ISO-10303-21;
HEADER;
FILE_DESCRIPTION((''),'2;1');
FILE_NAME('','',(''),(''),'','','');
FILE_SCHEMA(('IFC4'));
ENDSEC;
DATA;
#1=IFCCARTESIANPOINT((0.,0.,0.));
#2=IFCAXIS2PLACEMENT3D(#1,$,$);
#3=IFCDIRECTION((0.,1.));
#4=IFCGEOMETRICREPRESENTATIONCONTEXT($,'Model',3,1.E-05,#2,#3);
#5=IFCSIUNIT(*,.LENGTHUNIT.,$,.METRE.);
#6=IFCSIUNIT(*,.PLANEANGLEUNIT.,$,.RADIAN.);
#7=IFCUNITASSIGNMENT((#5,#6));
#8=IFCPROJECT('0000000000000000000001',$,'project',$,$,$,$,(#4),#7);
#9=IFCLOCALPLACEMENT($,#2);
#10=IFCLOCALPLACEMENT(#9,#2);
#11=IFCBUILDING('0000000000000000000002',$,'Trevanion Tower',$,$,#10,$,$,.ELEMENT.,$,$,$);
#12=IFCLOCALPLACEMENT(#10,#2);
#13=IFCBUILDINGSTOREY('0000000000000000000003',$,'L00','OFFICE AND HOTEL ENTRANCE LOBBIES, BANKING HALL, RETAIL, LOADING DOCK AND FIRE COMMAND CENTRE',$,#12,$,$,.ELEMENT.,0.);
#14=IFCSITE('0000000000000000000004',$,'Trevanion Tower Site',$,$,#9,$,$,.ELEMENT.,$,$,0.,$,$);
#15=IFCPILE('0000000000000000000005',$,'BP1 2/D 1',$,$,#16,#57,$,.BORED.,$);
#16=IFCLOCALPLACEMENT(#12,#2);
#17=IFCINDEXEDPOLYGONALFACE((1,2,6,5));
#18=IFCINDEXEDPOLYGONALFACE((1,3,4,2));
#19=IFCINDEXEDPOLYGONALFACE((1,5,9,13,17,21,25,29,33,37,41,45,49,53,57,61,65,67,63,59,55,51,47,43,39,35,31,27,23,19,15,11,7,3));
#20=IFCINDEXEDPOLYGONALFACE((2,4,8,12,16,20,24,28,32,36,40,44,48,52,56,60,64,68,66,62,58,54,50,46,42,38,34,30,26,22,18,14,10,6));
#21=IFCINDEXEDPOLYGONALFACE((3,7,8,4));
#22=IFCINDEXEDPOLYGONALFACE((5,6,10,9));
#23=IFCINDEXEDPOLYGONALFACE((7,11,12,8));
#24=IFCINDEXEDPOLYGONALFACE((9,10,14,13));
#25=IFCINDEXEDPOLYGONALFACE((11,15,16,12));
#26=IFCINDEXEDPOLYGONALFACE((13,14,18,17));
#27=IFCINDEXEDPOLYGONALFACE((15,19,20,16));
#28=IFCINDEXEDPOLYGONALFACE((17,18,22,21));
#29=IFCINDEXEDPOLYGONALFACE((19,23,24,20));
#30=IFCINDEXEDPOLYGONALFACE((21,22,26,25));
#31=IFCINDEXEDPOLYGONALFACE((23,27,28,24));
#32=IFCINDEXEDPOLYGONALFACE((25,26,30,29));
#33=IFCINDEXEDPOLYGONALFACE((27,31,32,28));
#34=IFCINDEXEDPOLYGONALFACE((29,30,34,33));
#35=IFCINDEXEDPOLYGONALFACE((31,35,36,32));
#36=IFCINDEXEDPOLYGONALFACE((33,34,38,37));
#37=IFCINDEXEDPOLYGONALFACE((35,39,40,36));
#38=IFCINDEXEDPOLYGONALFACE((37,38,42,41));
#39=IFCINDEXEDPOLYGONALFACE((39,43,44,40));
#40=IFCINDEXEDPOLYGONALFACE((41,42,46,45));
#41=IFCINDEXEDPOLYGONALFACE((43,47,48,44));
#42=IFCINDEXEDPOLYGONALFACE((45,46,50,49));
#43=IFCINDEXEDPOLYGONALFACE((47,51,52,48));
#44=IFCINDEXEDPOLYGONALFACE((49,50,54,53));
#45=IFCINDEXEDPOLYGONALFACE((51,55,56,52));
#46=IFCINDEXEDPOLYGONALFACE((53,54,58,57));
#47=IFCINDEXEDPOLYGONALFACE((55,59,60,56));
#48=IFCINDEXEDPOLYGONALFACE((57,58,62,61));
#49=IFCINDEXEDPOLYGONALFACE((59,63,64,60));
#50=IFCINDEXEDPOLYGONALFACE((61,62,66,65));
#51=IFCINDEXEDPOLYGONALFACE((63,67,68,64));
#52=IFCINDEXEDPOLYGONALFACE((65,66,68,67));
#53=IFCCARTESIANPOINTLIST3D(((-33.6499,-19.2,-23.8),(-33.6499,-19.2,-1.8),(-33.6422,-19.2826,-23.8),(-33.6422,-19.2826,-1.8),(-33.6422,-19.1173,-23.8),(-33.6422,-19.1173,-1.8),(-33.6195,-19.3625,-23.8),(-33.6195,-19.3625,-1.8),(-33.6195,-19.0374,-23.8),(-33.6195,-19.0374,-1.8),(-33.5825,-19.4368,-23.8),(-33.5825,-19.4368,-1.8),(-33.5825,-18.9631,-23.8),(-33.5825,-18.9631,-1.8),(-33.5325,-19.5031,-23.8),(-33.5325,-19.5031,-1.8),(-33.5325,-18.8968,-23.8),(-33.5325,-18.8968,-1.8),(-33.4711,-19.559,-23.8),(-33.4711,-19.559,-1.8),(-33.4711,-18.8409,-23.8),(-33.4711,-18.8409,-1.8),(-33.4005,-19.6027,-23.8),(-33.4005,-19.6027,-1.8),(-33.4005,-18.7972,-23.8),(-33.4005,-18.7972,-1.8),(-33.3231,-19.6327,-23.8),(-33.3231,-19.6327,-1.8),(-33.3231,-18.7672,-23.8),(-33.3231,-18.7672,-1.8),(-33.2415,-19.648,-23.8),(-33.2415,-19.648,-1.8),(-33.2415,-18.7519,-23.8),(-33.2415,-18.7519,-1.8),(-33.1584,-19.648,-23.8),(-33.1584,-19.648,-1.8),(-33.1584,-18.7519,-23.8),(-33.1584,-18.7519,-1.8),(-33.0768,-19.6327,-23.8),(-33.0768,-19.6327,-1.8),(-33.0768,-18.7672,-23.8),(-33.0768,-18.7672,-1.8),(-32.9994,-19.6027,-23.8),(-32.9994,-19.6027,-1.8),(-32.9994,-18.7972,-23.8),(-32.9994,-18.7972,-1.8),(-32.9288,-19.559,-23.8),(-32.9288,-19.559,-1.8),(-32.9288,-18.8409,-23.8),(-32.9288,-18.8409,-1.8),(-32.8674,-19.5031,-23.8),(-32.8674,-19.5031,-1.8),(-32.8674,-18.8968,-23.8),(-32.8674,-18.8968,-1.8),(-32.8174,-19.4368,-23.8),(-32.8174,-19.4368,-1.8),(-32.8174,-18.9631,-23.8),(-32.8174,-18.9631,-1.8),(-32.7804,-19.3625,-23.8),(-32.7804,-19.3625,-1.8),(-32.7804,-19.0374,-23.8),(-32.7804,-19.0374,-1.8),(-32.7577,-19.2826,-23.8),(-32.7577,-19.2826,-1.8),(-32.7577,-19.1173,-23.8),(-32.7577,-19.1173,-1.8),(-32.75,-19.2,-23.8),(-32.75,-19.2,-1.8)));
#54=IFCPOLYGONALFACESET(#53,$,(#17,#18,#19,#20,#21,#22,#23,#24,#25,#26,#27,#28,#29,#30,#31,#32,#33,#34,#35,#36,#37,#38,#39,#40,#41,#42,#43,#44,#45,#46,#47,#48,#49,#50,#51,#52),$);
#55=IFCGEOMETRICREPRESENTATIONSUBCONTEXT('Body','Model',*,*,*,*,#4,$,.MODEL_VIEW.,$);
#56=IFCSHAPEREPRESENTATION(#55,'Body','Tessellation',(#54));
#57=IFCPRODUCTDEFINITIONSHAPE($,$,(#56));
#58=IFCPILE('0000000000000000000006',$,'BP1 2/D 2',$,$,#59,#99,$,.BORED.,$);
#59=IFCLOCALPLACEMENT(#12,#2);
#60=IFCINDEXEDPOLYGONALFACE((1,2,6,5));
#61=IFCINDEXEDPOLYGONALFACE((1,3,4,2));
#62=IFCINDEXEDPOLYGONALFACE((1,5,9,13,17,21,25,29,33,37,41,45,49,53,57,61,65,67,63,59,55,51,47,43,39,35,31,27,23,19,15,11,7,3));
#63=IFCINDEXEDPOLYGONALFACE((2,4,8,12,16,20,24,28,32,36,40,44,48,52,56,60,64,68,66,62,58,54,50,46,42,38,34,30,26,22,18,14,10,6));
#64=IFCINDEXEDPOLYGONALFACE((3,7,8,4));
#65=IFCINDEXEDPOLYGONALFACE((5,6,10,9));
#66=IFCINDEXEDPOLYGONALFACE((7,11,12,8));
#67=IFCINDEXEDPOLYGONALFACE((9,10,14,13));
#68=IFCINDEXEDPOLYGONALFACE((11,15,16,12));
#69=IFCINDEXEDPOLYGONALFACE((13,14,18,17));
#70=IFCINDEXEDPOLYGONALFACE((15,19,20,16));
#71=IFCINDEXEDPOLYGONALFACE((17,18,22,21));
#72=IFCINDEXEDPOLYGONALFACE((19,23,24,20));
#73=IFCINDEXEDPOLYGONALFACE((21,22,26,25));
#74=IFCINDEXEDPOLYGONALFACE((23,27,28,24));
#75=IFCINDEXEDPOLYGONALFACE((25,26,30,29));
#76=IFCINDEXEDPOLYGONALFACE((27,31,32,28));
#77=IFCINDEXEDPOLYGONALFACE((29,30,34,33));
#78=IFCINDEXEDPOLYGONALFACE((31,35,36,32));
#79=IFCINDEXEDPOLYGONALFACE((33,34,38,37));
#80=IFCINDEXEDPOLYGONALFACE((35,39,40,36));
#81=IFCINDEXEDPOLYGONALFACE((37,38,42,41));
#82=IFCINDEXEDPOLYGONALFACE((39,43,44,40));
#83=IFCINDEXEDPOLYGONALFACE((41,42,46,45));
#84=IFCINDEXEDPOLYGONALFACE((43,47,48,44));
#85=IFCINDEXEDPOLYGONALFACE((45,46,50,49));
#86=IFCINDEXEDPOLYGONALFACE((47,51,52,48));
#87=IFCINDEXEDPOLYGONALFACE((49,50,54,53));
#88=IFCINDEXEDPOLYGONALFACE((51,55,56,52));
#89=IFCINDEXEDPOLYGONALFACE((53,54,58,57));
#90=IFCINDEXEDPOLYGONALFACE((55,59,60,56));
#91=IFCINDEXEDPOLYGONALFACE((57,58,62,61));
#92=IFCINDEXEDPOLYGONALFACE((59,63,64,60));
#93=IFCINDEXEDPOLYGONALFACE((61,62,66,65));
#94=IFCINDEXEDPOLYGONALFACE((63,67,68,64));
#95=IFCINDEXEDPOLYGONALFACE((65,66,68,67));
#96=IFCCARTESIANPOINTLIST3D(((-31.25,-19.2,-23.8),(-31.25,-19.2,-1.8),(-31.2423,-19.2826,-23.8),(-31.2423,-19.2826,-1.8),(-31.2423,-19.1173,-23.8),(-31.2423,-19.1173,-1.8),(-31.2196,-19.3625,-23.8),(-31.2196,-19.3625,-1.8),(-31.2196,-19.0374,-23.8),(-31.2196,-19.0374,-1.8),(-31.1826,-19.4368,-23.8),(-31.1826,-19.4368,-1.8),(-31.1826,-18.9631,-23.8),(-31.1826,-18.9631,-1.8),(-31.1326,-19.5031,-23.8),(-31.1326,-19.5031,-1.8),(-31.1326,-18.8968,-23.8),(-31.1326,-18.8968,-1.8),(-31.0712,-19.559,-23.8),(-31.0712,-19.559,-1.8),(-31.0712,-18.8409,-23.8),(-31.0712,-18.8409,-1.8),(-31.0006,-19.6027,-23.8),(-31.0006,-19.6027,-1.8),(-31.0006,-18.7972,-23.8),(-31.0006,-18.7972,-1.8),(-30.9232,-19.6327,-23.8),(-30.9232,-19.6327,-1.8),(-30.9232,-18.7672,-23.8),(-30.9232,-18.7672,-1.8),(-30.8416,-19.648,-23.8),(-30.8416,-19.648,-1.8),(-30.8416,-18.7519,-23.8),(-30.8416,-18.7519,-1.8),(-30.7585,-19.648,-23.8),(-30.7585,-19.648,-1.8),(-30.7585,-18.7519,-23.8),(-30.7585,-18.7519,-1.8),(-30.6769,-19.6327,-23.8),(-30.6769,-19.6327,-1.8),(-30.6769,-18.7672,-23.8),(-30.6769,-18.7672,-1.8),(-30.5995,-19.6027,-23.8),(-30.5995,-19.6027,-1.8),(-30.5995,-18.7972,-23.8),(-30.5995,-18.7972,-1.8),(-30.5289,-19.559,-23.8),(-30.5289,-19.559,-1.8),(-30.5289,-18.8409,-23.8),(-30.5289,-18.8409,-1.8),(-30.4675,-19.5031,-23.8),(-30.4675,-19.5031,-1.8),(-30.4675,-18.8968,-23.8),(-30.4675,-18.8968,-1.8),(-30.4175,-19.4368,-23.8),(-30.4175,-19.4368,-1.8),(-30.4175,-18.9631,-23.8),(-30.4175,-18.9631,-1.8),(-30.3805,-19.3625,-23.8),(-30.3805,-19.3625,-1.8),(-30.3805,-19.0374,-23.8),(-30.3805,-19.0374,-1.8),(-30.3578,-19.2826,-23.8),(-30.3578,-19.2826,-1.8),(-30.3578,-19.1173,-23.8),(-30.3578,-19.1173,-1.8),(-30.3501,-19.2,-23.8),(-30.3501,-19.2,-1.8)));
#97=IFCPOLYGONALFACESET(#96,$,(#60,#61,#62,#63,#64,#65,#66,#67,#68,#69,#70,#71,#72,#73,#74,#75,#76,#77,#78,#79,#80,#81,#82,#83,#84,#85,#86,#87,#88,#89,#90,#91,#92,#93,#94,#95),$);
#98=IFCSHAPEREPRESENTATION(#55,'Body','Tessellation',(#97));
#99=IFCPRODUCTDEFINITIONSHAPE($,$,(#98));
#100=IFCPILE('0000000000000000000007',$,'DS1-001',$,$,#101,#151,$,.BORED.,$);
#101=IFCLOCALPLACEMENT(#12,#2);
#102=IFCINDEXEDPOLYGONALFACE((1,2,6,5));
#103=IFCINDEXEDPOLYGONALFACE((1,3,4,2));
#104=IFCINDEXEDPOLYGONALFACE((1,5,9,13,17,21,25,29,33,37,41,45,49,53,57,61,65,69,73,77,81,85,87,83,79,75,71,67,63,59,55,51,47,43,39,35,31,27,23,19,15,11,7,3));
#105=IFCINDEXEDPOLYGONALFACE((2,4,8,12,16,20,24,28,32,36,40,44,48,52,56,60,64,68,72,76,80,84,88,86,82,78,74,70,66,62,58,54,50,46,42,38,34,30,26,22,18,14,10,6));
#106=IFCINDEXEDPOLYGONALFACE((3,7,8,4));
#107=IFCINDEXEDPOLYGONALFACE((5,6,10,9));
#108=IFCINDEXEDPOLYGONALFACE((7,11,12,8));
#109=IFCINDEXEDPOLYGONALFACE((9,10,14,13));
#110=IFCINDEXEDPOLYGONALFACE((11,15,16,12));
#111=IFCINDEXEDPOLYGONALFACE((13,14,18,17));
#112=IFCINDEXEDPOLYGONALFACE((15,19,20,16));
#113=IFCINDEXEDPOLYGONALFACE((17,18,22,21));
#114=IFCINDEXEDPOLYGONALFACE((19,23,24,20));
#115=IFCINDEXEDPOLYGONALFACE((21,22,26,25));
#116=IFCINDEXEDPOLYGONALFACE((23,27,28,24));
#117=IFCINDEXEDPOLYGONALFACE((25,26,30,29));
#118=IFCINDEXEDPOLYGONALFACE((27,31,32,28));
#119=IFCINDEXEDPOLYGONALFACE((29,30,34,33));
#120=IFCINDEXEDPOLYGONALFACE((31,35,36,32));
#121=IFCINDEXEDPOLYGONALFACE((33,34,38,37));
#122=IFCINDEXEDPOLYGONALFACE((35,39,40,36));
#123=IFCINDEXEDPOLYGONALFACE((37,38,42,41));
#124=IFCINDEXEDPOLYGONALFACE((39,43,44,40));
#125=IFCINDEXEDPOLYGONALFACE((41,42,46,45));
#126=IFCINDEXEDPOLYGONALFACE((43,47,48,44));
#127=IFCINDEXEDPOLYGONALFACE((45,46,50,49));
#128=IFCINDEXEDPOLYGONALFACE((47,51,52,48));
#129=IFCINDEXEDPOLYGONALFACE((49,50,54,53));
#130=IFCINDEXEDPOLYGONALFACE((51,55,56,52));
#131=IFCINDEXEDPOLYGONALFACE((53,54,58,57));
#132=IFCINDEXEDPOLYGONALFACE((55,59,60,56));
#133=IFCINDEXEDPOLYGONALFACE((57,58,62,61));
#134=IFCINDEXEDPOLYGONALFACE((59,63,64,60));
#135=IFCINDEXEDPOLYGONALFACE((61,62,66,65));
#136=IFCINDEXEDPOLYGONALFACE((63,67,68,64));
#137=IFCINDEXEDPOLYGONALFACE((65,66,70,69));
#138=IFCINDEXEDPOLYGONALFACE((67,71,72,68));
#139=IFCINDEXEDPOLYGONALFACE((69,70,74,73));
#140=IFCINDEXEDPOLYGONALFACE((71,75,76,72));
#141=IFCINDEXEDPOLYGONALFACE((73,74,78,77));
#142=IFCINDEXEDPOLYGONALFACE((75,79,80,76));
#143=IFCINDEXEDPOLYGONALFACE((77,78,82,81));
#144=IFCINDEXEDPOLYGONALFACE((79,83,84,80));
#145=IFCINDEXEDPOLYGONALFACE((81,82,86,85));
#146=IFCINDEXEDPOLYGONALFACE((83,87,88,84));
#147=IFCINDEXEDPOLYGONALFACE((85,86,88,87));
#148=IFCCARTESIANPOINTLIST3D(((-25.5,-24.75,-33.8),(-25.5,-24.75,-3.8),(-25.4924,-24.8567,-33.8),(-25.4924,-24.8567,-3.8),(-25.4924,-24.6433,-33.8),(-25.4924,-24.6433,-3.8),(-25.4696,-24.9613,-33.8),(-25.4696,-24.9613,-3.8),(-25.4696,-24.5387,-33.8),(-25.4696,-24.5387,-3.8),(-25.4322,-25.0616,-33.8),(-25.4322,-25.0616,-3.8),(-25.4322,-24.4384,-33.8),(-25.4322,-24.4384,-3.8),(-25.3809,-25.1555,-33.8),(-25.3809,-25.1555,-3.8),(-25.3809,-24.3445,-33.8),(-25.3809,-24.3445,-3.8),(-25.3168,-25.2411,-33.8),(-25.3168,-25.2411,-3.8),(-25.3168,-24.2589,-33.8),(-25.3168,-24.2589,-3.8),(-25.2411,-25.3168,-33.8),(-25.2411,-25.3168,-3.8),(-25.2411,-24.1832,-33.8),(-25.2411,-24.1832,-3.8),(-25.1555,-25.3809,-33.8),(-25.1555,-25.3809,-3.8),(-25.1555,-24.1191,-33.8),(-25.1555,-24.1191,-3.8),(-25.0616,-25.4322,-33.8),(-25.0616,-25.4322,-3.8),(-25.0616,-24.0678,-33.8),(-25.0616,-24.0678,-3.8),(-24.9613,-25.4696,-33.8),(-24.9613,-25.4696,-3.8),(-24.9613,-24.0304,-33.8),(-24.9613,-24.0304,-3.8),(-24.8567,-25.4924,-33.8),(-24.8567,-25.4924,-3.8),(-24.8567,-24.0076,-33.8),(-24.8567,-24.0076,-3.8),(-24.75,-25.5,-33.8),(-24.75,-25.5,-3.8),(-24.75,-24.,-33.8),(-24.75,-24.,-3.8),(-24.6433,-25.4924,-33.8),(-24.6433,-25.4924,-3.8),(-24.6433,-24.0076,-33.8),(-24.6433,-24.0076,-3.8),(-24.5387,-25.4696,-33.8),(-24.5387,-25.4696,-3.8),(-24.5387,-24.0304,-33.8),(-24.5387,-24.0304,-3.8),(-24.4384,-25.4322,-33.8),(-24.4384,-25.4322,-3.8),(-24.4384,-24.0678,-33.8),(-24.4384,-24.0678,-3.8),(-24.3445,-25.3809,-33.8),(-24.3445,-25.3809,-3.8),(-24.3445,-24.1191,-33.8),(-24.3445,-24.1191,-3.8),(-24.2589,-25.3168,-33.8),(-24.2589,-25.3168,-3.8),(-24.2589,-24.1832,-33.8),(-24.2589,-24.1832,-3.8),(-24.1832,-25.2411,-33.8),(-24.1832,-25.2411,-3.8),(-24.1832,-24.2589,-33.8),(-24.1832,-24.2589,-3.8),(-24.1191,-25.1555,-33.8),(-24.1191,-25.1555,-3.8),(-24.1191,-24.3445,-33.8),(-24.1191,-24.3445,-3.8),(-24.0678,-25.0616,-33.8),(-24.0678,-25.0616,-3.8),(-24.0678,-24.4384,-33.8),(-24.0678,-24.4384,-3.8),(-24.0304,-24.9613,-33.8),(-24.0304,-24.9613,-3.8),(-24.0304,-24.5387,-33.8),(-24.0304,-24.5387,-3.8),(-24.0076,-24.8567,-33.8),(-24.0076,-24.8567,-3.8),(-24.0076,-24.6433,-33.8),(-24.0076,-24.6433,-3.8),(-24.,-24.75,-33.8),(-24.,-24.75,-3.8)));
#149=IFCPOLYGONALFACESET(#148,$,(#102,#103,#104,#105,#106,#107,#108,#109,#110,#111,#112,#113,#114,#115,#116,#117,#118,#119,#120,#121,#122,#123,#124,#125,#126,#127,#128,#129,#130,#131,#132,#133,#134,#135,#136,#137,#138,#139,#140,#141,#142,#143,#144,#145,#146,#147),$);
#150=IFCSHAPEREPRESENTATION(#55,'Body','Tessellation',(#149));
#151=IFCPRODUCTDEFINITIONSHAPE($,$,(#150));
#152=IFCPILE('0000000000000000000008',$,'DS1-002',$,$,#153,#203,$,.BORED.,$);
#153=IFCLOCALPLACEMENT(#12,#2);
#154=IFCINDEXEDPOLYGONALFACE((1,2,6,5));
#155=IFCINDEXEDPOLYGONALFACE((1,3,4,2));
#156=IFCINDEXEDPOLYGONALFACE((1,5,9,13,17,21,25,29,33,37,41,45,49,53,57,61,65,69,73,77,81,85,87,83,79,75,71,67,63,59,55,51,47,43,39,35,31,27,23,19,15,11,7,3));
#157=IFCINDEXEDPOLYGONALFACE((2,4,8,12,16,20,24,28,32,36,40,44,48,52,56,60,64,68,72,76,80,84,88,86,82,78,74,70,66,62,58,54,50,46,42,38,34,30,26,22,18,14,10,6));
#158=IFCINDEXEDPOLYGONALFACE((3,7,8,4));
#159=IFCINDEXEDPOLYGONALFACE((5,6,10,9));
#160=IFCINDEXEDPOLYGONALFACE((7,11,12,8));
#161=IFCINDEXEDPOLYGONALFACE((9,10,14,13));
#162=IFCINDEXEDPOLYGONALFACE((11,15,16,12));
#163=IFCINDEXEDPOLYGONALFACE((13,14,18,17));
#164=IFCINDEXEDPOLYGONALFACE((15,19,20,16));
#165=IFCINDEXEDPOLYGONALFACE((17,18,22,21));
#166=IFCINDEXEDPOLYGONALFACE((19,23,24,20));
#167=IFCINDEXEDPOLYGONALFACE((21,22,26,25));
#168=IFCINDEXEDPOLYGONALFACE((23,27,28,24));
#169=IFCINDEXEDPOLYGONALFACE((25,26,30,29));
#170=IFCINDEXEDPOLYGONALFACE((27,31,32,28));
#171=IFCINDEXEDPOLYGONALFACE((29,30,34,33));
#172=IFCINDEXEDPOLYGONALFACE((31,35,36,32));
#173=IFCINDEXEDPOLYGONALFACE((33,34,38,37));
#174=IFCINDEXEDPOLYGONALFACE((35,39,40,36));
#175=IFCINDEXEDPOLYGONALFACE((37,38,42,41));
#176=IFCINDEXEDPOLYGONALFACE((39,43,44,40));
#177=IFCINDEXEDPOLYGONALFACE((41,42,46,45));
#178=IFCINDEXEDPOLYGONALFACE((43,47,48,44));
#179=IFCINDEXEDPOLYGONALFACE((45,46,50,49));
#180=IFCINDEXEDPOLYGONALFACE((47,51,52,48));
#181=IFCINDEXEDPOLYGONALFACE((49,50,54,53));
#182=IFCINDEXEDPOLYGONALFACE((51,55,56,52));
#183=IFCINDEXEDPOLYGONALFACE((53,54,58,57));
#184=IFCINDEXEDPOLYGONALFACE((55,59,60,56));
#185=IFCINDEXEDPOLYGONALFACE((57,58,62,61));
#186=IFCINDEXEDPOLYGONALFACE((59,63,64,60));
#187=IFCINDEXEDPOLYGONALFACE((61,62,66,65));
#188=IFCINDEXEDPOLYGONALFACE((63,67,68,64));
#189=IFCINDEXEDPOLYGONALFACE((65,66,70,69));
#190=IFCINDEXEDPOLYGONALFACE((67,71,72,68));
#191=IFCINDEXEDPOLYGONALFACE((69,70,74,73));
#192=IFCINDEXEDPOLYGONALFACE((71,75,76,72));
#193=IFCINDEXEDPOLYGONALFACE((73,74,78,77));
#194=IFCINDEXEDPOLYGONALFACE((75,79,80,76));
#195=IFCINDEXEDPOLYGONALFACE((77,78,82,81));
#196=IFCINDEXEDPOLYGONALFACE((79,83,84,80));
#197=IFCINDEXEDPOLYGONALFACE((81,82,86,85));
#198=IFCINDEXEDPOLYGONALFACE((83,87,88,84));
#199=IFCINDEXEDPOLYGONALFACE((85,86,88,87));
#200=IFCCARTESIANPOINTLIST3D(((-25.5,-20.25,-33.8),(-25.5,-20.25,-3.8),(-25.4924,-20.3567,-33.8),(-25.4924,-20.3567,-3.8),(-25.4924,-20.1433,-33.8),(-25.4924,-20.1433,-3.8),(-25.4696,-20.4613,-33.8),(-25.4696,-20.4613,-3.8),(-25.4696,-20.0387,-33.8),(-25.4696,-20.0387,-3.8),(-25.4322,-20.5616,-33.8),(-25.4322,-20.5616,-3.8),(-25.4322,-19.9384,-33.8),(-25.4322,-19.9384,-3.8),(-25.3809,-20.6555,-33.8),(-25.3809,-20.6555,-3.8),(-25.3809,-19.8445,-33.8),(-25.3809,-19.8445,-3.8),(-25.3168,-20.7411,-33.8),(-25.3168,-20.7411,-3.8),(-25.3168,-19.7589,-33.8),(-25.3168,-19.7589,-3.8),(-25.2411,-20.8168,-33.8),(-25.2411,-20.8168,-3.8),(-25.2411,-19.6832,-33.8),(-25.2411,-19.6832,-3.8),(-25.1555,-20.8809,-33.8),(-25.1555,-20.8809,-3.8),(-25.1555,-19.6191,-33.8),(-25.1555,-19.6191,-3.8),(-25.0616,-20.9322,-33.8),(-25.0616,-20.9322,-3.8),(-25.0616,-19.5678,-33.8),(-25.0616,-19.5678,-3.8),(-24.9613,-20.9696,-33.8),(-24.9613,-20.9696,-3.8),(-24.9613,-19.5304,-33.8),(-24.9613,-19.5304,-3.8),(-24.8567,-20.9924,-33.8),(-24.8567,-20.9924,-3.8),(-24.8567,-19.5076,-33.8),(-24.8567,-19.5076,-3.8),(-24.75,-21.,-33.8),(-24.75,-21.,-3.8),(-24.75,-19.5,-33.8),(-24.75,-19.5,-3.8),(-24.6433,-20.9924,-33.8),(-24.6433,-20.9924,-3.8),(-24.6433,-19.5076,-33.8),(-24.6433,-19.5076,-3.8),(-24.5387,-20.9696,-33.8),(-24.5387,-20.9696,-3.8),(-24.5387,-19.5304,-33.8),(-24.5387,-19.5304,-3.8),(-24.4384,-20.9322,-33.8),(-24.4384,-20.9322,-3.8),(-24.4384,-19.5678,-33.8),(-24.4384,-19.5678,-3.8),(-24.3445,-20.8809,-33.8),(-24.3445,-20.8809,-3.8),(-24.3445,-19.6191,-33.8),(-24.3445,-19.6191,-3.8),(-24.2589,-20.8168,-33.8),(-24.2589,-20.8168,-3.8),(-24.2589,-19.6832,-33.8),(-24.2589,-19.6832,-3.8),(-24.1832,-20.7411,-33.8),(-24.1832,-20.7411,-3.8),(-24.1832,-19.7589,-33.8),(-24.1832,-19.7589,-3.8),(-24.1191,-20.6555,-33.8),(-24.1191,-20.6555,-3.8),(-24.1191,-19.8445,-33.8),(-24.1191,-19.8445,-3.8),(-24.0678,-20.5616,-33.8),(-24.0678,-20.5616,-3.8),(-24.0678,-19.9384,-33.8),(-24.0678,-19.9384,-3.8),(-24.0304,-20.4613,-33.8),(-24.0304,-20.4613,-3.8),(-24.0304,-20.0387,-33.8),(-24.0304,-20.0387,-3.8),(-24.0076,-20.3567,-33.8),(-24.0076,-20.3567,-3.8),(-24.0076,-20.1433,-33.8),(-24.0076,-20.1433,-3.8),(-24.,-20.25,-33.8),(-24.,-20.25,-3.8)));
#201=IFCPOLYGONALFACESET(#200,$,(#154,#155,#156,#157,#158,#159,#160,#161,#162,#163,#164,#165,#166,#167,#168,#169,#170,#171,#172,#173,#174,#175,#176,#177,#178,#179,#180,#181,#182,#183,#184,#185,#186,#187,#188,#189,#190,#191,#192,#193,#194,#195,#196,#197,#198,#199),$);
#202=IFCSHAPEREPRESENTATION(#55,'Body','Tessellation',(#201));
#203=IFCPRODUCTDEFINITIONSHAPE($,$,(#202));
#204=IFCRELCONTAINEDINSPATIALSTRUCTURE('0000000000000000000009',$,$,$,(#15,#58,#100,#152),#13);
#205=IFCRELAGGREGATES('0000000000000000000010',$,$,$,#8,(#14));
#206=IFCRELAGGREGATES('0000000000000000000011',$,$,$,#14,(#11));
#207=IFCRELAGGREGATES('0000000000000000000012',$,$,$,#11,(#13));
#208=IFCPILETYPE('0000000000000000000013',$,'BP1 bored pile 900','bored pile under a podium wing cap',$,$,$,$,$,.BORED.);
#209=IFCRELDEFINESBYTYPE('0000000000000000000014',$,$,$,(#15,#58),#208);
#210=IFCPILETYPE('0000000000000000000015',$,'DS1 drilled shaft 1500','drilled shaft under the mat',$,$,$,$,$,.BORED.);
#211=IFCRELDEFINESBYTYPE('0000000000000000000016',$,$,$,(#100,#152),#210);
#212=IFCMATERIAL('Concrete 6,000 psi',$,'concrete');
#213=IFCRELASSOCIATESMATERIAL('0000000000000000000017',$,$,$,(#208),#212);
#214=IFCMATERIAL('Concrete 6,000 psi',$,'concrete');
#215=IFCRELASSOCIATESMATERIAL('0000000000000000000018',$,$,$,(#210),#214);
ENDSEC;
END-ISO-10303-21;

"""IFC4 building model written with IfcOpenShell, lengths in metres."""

from ifc_helpers import new_model, si_unit, direction, frame, origin, origin_2d, place, context, subcontext, project, spatial, circle, extrude, material, material_profile, profile_set, type_object, element, save


model = new_model("IFC4")

# Units and contexts
model_context = context("Model", 3, precision=1e-05, world=origin(), true_north=direction((0.0, 1.0)))
body_context = subcontext(model_context, "Body", "Model", "MODEL_VIEW")
ifc_project = project(units=[si_unit("LENGTHUNIT", "METRE"), si_unit("PLANEANGLEUNIT", "RADIAN")], contexts=[model_context])

# Site, building, storey
site_placement = place(None, origin())
site = spatial("IfcSite", under=ifc_project, at=site_placement, Name="Trevanion Tower Site", CompositionType="ELEMENT", RefElevation=0.0)
building_placement = place(site_placement, origin())
building = spatial("IfcBuilding", under=site, at=building_placement, Name="Trevanion Tower", CompositionType="ELEMENT")
storey_placement = place(building_placement, origin())
storey = spatial("IfcBuildingStorey", under=building, at=storey_placement, Name="L00", Description="OFFICE AND HOTEL ENTRANCE LOBBIES, BANKING HALL, RETAIL, LOADING DOCK AND FIRE COMMAND CENTRE", CompositionType="ELEMENT", Elevation=0.0)

# Piles
ifc_material_1 = material(Name="Concrete 6,000 psi", Category="concrete")
ifc_material_profile_1 = material_profile(ifc_material_1, circle(Radius=0.45, at=origin_2d()), Name="BP1 bored pile 900")
ifc_profile_set_1 = profile_set([ifc_material_profile_1], Name="Concrete 6,000 psi")
pile_type_1 = type_object("IfcPileType", Name="BP1 bored pile 900", Description="bored pile under a podium wing cap", PredefinedType="BORED", material=ifc_profile_set_1)
for number, where, z_axis, x_axis, name in (
    (1, (-33.2, -19.2, -1.8), (0.0, 0.0, -1.0), (1.0, 0.0, 0.0), "BP1 2/D 1"),
    (2, (-30.8, -19.2, -1.8), (0.0, 0.0, -1.0), (1.0, 0.0, 0.0), "BP1 2/D 2"),
):
    element("IfcPile", number, at=place(storey_placement, frame(where, z_axis=z_axis, x_axis=x_axis)), inside=storey, type_object=pile_type_1, Name=name, PredefinedType="BORED", context=body_context, shape_type="SweptSolid", body=[
        extrude(circle(Radius=0.45, at=origin_2d()), origin(), (0.0, 0.0, 1.0), 22.0),
    ])
ifc_material_2 = material(Name="Concrete 6,000 psi", Category="concrete")
ifc_material_profile_2 = material_profile(ifc_material_2, circle(Radius=0.75, at=origin_2d()), Name="DS1 drilled shaft 1500")
ifc_profile_set_2 = profile_set([ifc_material_profile_2], Name="Concrete 6,000 psi")
pile_type_2 = type_object("IfcPileType", Name="DS1 drilled shaft 1500", Description="drilled shaft under the mat", PredefinedType="BORED", material=ifc_profile_set_2)
for number, where, z_axis, x_axis, name in (
    (3, (-24.75, -24.75, -3.8), (0.0, 0.0, -1.0), (1.0, 0.0, 0.0), "DS1-001"),
    (4, (-24.75, -20.25, -3.8), (0.0, 0.0, -1.0), (1.0, 0.0, 0.0), "DS1-002"),
):
    element("IfcPile", number, at=place(storey_placement, frame(where, z_axis=z_axis, x_axis=x_axis)), inside=storey, type_object=pile_type_2, Name=name, PredefinedType="BORED", context=body_context, shape_type="SweptSolid", body=[
        extrude(circle(Radius=0.75, at=origin_2d()), origin(), (0.0, 0.0, 1.0), 30.0),
    ])

save(model, "model.ifc")
